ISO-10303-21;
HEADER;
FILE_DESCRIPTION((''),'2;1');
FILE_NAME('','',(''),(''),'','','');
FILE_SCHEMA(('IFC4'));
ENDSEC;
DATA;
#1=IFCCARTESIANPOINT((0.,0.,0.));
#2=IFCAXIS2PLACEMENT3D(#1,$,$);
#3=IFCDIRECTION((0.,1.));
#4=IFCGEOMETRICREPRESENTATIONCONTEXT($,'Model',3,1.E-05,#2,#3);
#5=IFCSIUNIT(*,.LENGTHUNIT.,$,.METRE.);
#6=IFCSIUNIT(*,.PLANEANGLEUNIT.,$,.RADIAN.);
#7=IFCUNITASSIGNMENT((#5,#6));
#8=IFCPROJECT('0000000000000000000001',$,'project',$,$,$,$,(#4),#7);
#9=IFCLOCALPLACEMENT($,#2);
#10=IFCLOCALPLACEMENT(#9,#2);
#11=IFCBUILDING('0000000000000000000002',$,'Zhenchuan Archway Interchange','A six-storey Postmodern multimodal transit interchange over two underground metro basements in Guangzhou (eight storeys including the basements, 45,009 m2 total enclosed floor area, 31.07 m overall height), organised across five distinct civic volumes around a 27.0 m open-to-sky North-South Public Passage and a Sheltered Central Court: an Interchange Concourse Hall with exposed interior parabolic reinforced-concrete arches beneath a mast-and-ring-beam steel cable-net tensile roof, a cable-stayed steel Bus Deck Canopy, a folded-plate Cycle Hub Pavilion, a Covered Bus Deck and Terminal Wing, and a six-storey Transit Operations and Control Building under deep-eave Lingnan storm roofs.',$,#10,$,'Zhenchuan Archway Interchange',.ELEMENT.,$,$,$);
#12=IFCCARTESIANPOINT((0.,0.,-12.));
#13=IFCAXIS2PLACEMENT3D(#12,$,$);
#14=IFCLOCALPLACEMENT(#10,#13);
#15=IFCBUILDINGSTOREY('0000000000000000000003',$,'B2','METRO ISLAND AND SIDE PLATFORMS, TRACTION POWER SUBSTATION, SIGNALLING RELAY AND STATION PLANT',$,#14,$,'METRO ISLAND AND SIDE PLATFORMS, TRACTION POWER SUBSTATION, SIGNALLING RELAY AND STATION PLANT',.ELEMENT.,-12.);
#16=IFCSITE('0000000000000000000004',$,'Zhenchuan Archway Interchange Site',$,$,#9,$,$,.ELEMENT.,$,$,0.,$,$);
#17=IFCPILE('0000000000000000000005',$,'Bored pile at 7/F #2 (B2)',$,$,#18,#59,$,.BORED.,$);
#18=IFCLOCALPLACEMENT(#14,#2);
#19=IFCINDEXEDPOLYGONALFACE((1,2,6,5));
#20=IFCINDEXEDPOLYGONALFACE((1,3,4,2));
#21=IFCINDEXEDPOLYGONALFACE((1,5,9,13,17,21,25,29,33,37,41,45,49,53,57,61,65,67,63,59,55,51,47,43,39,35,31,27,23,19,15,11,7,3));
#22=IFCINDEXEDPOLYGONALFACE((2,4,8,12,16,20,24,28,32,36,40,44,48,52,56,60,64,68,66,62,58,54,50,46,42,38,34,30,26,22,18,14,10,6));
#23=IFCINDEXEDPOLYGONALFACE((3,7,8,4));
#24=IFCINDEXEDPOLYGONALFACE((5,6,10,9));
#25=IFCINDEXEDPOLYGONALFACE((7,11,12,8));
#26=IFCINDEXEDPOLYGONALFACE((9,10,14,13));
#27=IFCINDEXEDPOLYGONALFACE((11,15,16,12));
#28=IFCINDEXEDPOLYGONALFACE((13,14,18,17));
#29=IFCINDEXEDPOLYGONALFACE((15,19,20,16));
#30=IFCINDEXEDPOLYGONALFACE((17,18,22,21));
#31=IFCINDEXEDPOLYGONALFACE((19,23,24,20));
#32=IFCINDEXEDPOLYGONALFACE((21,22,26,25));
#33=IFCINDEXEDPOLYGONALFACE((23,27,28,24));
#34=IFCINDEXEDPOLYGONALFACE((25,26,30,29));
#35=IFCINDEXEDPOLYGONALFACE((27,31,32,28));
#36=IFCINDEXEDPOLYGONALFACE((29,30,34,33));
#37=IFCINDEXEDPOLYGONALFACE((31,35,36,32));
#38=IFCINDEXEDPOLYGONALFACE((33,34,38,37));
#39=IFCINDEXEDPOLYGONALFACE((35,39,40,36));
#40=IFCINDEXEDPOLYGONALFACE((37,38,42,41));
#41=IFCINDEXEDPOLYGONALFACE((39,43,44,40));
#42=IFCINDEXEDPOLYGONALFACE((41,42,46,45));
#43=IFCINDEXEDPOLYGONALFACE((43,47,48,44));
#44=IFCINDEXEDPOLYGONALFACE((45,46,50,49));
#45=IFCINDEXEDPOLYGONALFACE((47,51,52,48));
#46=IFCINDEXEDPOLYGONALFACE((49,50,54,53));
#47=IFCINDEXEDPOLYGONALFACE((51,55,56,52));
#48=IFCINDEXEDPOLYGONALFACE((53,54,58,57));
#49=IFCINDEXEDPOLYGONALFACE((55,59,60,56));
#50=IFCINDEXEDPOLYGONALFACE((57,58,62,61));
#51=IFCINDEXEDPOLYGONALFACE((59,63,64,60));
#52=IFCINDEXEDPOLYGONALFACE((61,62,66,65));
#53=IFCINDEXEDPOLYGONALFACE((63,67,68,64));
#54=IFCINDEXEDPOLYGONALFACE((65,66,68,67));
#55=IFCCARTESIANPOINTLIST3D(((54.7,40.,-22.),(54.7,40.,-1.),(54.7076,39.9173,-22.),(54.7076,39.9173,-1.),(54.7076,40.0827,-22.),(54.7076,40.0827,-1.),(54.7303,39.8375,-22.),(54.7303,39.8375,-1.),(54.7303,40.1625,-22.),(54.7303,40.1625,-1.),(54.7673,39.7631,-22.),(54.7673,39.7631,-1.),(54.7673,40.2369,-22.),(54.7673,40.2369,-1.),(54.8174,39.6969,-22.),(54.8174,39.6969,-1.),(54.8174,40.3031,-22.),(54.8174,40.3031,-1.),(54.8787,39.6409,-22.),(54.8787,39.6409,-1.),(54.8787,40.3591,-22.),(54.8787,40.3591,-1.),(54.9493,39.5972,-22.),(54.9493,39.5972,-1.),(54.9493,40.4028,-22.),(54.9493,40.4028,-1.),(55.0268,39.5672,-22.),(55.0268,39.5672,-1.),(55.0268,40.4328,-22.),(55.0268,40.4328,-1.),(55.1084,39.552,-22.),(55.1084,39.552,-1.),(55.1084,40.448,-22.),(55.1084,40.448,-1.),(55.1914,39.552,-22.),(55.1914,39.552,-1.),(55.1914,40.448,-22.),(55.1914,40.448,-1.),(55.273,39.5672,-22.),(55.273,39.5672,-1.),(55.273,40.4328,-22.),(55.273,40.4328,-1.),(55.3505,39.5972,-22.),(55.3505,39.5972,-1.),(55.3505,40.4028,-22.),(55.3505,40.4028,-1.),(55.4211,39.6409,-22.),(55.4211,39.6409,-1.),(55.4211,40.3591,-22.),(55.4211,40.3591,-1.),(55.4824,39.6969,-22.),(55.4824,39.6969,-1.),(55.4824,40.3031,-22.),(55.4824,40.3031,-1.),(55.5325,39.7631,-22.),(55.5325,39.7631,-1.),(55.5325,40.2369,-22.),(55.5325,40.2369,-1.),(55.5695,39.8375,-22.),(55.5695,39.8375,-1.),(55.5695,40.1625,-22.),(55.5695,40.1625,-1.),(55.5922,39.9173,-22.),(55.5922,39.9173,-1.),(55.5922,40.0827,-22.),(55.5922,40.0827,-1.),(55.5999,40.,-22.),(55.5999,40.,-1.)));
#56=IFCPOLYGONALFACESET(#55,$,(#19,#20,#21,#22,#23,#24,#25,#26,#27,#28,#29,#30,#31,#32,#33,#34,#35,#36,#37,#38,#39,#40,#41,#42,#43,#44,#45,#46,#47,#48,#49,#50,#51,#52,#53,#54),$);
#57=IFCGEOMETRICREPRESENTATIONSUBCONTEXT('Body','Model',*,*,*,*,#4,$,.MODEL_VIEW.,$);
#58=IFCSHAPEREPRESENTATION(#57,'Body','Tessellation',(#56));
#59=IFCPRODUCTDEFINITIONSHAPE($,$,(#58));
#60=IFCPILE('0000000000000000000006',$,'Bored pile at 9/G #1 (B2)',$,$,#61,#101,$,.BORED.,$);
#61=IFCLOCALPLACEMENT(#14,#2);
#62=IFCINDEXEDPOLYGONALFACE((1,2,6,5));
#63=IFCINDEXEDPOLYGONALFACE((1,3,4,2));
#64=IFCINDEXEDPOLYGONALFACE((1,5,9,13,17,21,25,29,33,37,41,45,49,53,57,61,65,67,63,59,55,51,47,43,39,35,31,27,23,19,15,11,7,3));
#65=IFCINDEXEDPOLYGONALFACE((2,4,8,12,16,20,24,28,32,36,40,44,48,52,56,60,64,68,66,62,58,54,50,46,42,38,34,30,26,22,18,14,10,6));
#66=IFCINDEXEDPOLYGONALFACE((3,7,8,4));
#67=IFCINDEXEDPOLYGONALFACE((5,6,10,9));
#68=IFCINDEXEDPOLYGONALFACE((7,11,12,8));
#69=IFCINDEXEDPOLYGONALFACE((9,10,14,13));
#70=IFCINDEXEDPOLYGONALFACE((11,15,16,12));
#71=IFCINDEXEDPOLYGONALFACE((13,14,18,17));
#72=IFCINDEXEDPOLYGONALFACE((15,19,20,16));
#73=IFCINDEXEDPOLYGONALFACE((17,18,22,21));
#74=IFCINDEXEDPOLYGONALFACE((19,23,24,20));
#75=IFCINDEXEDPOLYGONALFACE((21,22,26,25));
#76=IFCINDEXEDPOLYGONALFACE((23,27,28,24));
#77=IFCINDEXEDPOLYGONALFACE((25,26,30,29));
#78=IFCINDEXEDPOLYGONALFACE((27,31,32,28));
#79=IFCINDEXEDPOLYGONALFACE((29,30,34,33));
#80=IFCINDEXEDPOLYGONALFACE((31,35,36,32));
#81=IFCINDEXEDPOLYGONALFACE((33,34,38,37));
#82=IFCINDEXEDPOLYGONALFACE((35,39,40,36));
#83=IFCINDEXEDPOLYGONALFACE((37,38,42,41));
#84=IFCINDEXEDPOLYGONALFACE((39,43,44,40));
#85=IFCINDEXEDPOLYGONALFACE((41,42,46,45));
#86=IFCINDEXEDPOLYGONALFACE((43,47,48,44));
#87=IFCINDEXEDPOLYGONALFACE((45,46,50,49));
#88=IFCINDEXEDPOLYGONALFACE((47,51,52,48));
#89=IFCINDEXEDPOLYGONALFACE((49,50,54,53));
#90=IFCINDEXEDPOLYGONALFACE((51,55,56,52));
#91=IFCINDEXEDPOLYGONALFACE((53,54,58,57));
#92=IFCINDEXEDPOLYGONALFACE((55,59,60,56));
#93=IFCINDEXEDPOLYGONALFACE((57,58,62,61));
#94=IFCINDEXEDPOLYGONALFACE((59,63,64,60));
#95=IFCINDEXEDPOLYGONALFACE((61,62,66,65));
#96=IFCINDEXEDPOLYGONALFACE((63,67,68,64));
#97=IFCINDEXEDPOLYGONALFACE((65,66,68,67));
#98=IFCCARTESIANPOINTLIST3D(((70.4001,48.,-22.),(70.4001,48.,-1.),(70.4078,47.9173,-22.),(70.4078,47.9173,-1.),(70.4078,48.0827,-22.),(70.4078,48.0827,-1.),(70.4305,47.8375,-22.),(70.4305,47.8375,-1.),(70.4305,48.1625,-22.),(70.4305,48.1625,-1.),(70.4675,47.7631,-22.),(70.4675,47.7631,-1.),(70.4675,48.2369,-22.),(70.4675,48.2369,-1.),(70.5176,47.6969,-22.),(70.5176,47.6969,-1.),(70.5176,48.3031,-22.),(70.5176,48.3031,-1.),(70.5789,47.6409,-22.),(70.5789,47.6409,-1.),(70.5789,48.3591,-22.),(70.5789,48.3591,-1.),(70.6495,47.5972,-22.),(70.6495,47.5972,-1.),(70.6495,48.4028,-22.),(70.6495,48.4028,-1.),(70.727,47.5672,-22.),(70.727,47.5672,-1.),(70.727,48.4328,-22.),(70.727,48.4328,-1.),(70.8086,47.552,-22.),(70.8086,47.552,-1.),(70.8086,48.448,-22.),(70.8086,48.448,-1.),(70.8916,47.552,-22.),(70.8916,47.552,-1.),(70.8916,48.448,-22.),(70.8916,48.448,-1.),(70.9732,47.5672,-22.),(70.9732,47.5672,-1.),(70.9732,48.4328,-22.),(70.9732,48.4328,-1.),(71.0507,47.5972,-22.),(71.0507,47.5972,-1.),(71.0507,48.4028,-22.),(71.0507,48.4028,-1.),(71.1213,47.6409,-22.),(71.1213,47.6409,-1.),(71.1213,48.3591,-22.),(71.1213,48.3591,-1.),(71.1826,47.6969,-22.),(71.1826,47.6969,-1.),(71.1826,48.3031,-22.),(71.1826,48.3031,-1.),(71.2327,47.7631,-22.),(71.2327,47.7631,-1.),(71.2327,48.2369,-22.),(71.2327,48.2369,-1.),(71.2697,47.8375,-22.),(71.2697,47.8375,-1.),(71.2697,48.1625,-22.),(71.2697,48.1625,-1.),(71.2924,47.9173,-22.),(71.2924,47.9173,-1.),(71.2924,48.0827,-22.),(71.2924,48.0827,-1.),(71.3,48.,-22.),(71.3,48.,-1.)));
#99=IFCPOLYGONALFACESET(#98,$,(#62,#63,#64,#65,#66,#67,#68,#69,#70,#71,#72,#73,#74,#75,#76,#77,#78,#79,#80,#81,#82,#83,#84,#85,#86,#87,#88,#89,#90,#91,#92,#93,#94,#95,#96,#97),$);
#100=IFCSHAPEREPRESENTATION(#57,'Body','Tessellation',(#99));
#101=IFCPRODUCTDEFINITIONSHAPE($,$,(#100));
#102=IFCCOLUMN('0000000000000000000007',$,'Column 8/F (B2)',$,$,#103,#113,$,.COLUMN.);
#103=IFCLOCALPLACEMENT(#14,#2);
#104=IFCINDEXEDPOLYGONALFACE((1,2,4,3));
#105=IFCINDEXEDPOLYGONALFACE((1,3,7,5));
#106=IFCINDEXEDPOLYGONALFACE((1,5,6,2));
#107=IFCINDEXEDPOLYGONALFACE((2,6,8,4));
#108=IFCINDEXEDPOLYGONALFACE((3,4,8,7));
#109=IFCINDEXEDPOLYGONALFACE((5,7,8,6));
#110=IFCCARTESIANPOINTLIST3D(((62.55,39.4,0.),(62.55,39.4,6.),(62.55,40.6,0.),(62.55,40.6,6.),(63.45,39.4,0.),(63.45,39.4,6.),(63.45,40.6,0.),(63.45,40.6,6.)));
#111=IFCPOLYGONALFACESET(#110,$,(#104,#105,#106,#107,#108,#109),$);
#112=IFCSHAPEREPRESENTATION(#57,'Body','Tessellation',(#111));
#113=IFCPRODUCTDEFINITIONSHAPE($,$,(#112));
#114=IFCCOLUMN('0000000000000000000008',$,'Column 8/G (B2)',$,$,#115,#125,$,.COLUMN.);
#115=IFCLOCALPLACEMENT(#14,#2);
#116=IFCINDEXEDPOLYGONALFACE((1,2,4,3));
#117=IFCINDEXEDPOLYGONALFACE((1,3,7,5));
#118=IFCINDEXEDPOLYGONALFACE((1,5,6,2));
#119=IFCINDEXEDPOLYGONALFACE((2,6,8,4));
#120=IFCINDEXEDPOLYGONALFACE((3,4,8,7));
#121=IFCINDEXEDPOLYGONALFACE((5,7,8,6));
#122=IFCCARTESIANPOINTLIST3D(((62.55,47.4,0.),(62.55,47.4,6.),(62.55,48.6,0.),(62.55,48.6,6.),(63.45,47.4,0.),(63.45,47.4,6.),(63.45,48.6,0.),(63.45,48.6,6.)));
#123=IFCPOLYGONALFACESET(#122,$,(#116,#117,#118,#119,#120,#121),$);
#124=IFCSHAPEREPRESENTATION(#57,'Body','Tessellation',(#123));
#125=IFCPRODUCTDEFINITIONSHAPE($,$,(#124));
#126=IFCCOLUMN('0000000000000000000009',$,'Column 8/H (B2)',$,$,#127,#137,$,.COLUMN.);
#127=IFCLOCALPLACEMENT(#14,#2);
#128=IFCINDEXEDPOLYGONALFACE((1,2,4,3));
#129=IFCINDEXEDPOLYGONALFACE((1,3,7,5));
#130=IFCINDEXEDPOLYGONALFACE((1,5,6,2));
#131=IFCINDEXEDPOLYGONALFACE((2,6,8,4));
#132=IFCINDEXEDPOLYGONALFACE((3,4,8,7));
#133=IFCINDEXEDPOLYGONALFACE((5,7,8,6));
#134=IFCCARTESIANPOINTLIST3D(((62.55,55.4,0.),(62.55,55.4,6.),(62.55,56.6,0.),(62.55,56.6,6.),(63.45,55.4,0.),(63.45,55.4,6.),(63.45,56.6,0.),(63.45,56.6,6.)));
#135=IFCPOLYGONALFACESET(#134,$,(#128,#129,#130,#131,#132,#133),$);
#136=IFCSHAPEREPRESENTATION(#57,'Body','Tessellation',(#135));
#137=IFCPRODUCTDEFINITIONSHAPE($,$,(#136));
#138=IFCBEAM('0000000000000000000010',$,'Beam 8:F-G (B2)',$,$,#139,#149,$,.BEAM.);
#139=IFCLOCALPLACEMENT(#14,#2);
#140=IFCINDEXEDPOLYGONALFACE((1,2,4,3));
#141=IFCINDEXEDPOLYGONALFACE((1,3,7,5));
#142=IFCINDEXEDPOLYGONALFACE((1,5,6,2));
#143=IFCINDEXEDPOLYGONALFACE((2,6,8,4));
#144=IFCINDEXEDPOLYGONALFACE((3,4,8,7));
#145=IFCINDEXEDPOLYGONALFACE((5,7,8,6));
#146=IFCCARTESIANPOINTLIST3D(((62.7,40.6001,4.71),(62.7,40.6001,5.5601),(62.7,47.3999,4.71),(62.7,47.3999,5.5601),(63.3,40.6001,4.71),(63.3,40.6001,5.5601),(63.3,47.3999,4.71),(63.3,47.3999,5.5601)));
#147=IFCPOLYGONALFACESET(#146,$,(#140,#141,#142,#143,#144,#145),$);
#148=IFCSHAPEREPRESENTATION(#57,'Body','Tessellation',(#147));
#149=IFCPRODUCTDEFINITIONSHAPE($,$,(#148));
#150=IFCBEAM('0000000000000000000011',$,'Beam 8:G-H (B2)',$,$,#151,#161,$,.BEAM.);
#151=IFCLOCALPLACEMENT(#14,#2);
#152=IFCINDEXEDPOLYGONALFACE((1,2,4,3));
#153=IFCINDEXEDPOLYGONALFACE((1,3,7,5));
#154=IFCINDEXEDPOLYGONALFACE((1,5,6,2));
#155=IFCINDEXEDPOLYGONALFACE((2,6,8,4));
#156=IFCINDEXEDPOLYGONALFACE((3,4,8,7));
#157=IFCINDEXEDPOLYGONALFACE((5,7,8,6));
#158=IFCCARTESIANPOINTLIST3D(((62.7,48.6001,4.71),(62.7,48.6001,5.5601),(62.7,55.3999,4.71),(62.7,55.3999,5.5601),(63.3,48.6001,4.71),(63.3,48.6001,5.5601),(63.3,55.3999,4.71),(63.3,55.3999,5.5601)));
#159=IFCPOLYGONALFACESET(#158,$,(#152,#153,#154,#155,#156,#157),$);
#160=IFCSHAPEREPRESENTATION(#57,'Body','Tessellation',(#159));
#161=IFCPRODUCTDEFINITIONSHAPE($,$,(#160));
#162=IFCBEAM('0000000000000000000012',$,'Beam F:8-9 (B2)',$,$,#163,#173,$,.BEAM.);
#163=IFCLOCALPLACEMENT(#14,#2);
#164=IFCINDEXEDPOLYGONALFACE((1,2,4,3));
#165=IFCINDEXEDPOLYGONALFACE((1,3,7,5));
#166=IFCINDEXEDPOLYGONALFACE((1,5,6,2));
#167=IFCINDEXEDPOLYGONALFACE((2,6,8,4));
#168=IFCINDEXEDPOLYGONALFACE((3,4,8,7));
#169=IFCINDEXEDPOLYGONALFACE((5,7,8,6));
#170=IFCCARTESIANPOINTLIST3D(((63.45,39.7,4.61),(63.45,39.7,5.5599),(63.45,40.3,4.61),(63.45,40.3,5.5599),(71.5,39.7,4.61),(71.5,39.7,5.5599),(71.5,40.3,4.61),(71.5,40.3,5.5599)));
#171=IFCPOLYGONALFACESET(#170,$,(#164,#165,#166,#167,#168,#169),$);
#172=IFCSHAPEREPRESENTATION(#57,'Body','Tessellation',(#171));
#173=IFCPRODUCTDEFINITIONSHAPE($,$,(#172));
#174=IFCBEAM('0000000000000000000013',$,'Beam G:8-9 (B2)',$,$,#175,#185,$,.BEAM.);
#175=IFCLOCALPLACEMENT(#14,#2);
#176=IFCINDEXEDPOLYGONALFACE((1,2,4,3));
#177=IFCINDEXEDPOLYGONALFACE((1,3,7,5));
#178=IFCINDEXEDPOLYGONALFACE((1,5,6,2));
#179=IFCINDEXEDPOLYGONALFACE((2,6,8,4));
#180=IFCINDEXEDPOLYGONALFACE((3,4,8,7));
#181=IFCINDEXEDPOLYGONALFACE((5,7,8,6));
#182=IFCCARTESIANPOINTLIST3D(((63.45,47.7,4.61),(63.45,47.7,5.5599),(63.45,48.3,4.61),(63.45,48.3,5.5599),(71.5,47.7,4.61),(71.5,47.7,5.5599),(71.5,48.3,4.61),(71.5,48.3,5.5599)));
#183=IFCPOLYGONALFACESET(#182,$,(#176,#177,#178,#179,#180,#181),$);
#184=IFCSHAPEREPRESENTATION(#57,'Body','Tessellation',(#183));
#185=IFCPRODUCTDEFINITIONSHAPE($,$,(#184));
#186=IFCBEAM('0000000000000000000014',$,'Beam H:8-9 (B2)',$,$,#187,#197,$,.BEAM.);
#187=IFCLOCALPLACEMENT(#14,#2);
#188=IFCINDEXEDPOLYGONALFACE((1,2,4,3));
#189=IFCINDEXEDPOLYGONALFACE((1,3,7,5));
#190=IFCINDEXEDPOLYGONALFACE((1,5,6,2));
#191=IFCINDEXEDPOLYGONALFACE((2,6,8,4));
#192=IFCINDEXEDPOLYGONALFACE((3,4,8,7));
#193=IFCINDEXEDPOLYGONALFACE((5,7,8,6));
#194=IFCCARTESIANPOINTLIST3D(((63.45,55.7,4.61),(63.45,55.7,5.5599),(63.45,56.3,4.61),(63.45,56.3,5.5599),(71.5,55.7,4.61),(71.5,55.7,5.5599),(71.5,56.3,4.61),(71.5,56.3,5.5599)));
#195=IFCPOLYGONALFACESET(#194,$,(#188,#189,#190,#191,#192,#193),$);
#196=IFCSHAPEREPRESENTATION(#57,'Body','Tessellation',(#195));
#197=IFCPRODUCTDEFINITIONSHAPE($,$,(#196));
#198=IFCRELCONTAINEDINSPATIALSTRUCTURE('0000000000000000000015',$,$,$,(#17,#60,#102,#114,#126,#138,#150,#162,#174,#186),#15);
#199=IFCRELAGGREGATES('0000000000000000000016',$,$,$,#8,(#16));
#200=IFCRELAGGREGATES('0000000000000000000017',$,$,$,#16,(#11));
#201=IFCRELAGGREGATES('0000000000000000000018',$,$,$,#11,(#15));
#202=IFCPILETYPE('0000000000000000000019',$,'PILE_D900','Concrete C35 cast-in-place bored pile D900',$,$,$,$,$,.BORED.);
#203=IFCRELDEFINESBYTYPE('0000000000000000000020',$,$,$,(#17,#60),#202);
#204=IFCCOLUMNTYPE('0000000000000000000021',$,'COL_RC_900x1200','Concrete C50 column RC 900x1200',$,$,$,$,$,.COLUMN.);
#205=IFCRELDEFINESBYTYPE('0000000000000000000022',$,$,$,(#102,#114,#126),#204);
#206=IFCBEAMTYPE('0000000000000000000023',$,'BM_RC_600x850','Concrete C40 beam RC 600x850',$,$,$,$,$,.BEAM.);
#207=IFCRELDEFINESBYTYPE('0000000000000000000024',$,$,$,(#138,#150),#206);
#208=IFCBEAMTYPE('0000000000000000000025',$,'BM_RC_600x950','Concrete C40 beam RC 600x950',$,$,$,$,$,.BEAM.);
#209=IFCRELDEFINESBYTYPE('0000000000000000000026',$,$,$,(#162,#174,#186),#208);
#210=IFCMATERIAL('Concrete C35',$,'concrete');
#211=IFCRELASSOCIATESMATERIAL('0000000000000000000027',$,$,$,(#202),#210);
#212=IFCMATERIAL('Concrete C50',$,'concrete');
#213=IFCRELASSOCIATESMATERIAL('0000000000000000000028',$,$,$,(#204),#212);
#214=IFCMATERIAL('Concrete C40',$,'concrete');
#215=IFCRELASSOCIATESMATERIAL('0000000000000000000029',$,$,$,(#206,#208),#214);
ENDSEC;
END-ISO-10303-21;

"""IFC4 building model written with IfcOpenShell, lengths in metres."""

from ifc_helpers import new_model, si_unit, direction, frame, origin, origin_2d, place, context, subcontext, project, spatial, rectangle, circle, extrude, material, material_profile, profile_set, type_object, element, save


model = new_model("IFC4")

# Units and contexts
model_context = context("Model", 3, precision=1e-05, world=origin(), true_north=direction((0.0, 1.0)))
body_context = subcontext(model_context, "Body", "Model", "MODEL_VIEW")
ifc_project = project(units=[si_unit("LENGTHUNIT", "METRE"), si_unit("PLANEANGLEUNIT", "RADIAN")], contexts=[model_context])

# Site, building, storey
site_placement = place(None, origin())
site = spatial("IfcSite", under=ifc_project, at=site_placement, Name="Zhenchuan Archway Interchange Site", CompositionType="ELEMENT", RefElevation=0.0)
building_placement = place(site_placement, origin())
building = spatial("IfcBuilding", under=site, at=building_placement, Name="Zhenchuan Archway Interchange", Description="A six-storey Postmodern multimodal transit interchange over two underground metro basements in Guangzhou (eight storeys including the basements, 45,009 m2 total enclosed floor area, 31.07 m overall height), organised across five distinct civic volumes around a 27.0 m open-to-sky North-South Public Passage and a Sheltered Central Court: an Interchange Concourse Hall with exposed interior parabolic reinforced-concrete arches beneath a mast-and-ring-beam steel cable-net tensile roof, a cable-stayed steel Bus Deck Canopy, a folded-plate Cycle Hub Pavilion, a Covered Bus Deck and Terminal Wing, and a six-storey Transit Operations and Control Building under deep-eave Lingnan storm roofs.", LongName="Zhenchuan Archway Interchange", CompositionType="ELEMENT")
storey_placement = place(building_placement, frame((0.0, 0.0, -12.0)))
storey = spatial("IfcBuildingStorey", under=building, at=storey_placement, Name="B2", Description="METRO ISLAND AND SIDE PLATFORMS, TRACTION POWER SUBSTATION, SIGNALLING RELAY AND STATION PLANT", LongName="METRO ISLAND AND SIDE PLATFORMS, TRACTION POWER SUBSTATION, SIGNALLING RELAY AND STATION PLANT", CompositionType="ELEMENT", Elevation=-12.0)

# Shared definitions
ifc_material_1 = material(Name="Concrete C40", Category="concrete")

# Piles
ifc_material_2 = material(Name="Concrete C35", Category="concrete")
ifc_material_profile_1 = material_profile(ifc_material_2, circle(Radius=0.45, at=origin_2d()), Name="BORED PILE 900")
ifc_profile_set_1 = profile_set([ifc_material_profile_1], Name="Concrete C35")
pile_type_1 = type_object("IfcPileType", Name="PILE_D900", Description="Concrete C35 cast-in-place bored pile D900", PredefinedType="BORED", material=ifc_profile_set_1)
for number, where, z_axis, x_axis, name in (
    (1, (55.1499, 40.0, -1.0), (0.0, 0.0, -1.0), (1.0, 0.0, 0.0), "Bored pile at 7/F #2 (B2)"),
    (2, (70.8501, 48.0, -1.0), (0.0, 0.0, -1.0), (1.0, 0.0, 0.0), "Bored pile at 9/G #1 (B2)"),
):
    element("IfcPile", number, at=place(storey_placement, frame(where, z_axis=z_axis, x_axis=x_axis)), inside=storey, type_object=pile_type_1, Name=name, PredefinedType="BORED", context=body_context, shape_type="SweptSolid", body=[
        extrude(circle(Radius=0.45, at=origin_2d()), origin(), (0.0, 0.0, 1.0), 21.0),
    ])

# Columns
ifc_material_3 = material(Name="Concrete C50", Category="concrete")
ifc_material_profile_2 = material_profile(ifc_material_3, rectangle(XDim=0.8999, YDim=1.2, at=origin_2d()), Name="RC 900x1200")
ifc_profile_set_2 = profile_set([ifc_material_profile_2], Name="Concrete C50")
column_type = type_object("IfcColumnType", Name="COL_RC_900x1200", Description="Concrete C50 column RC 900x1200", PredefinedType="COLUMN", material=ifc_profile_set_2)
for number, where, z_axis, x_axis, name in (
    (3, (63.0, 40.0, 0.0), (0.0, 0.0, 1.0), (1.0, 0.0, 0.0), "Column 8/F (B2)"),
    (4, (63.0, 48.0, 0.0), (0.0, 0.0, 1.0), (1.0, 0.0, 0.0), "Column 8/G (B2)"),
    (5, (63.0, 56.0, 0.0), (0.0, 0.0, 1.0), (1.0, 0.0, 0.0), "Column 8/H (B2)"),
):
    element("IfcColumn", number, at=place(storey_placement, frame(where, z_axis=z_axis, x_axis=x_axis)), inside=storey, type_object=column_type, Name=name, PredefinedType="COLUMN", context=body_context, shape_type="SweptSolid", body=[
        extrude(rectangle(XDim=0.8999, YDim=1.2, at=origin_2d()), origin(), (0.0, 0.0, 1.0), 6.0),
    ])

# Beams
ifc_material_profile_3 = material_profile(ifc_material_1, rectangle(XDim=0.6001, YDim=0.8501, at=origin_2d()), Name="RC 600x850")
ifc_profile_set_3 = profile_set([ifc_material_profile_3], Name="Concrete C40")
beam_type_1 = type_object("IfcBeamType", Name="BM_RC_600x850", Description="Concrete C40 beam RC 600x850", PredefinedType="BEAM", material=ifc_profile_set_3)
for number, where, z_axis, x_axis, name in (
    (6, (63.0, 40.6001, 5.135), (0.0, 1.0, 0.0), (-1.0, 0.0, 0.0), "Beam 8:F-G (B2)"),
    (7, (63.0, 48.6001, 5.135), (0.0, 1.0, 0.0), (-1.0, 0.0, 0.0), "Beam 8:G-H (B2)"),
):
    element("IfcBeam", number, at=place(storey_placement, frame(where, z_axis=z_axis, x_axis=x_axis)), inside=storey, type_object=beam_type_1, Name=name, PredefinedType="BEAM", context=body_context, shape_type="SweptSolid", body=[
        extrude(rectangle(XDim=0.6001, YDim=0.8501, at=origin_2d()), origin(), (0.0, 0.0, 1.0), 6.7998),
    ])
ifc_material_profile_4 = material_profile(ifc_material_1, rectangle(XDim=0.6001, YDim=0.95, at=origin_2d()), Name="RC 600x950")
ifc_profile_set_4 = profile_set([ifc_material_profile_4], Name="Concrete C40")
beam_type_2 = type_object("IfcBeamType", Name="BM_RC_600x950", Description="Concrete C40 beam RC 600x950", PredefinedType="BEAM", material=ifc_profile_set_4)
for number, where, z_axis, x_axis, name in (
    (8, (63.45, 40.0, 5.085), (1.0, 0.0, 0.0), (0.0, 1.0, 0.0), "Beam F:8-9 (B2)"),
    (9, (63.45, 48.0, 5.085), (1.0, 0.0, 0.0), (0.0, 1.0, 0.0), "Beam G:8-9 (B2)"),
    (10, (63.45, 56.0, 5.085), (1.0, 0.0, 0.0), (0.0, 1.0, 0.0), "Beam H:8-9 (B2)"),
):
    element("IfcBeam", number, at=place(storey_placement, frame(where, z_axis=z_axis, x_axis=x_axis)), inside=storey, type_object=beam_type_2, Name=name, PredefinedType="BEAM", context=body_context, shape_type="SweptSolid", body=[
        extrude(rectangle(XDim=0.6001, YDim=0.95, at=origin_2d()), origin(), (0.0, 0.0, 1.0), 8.05),
    ])

save(model, "model.ifc")
